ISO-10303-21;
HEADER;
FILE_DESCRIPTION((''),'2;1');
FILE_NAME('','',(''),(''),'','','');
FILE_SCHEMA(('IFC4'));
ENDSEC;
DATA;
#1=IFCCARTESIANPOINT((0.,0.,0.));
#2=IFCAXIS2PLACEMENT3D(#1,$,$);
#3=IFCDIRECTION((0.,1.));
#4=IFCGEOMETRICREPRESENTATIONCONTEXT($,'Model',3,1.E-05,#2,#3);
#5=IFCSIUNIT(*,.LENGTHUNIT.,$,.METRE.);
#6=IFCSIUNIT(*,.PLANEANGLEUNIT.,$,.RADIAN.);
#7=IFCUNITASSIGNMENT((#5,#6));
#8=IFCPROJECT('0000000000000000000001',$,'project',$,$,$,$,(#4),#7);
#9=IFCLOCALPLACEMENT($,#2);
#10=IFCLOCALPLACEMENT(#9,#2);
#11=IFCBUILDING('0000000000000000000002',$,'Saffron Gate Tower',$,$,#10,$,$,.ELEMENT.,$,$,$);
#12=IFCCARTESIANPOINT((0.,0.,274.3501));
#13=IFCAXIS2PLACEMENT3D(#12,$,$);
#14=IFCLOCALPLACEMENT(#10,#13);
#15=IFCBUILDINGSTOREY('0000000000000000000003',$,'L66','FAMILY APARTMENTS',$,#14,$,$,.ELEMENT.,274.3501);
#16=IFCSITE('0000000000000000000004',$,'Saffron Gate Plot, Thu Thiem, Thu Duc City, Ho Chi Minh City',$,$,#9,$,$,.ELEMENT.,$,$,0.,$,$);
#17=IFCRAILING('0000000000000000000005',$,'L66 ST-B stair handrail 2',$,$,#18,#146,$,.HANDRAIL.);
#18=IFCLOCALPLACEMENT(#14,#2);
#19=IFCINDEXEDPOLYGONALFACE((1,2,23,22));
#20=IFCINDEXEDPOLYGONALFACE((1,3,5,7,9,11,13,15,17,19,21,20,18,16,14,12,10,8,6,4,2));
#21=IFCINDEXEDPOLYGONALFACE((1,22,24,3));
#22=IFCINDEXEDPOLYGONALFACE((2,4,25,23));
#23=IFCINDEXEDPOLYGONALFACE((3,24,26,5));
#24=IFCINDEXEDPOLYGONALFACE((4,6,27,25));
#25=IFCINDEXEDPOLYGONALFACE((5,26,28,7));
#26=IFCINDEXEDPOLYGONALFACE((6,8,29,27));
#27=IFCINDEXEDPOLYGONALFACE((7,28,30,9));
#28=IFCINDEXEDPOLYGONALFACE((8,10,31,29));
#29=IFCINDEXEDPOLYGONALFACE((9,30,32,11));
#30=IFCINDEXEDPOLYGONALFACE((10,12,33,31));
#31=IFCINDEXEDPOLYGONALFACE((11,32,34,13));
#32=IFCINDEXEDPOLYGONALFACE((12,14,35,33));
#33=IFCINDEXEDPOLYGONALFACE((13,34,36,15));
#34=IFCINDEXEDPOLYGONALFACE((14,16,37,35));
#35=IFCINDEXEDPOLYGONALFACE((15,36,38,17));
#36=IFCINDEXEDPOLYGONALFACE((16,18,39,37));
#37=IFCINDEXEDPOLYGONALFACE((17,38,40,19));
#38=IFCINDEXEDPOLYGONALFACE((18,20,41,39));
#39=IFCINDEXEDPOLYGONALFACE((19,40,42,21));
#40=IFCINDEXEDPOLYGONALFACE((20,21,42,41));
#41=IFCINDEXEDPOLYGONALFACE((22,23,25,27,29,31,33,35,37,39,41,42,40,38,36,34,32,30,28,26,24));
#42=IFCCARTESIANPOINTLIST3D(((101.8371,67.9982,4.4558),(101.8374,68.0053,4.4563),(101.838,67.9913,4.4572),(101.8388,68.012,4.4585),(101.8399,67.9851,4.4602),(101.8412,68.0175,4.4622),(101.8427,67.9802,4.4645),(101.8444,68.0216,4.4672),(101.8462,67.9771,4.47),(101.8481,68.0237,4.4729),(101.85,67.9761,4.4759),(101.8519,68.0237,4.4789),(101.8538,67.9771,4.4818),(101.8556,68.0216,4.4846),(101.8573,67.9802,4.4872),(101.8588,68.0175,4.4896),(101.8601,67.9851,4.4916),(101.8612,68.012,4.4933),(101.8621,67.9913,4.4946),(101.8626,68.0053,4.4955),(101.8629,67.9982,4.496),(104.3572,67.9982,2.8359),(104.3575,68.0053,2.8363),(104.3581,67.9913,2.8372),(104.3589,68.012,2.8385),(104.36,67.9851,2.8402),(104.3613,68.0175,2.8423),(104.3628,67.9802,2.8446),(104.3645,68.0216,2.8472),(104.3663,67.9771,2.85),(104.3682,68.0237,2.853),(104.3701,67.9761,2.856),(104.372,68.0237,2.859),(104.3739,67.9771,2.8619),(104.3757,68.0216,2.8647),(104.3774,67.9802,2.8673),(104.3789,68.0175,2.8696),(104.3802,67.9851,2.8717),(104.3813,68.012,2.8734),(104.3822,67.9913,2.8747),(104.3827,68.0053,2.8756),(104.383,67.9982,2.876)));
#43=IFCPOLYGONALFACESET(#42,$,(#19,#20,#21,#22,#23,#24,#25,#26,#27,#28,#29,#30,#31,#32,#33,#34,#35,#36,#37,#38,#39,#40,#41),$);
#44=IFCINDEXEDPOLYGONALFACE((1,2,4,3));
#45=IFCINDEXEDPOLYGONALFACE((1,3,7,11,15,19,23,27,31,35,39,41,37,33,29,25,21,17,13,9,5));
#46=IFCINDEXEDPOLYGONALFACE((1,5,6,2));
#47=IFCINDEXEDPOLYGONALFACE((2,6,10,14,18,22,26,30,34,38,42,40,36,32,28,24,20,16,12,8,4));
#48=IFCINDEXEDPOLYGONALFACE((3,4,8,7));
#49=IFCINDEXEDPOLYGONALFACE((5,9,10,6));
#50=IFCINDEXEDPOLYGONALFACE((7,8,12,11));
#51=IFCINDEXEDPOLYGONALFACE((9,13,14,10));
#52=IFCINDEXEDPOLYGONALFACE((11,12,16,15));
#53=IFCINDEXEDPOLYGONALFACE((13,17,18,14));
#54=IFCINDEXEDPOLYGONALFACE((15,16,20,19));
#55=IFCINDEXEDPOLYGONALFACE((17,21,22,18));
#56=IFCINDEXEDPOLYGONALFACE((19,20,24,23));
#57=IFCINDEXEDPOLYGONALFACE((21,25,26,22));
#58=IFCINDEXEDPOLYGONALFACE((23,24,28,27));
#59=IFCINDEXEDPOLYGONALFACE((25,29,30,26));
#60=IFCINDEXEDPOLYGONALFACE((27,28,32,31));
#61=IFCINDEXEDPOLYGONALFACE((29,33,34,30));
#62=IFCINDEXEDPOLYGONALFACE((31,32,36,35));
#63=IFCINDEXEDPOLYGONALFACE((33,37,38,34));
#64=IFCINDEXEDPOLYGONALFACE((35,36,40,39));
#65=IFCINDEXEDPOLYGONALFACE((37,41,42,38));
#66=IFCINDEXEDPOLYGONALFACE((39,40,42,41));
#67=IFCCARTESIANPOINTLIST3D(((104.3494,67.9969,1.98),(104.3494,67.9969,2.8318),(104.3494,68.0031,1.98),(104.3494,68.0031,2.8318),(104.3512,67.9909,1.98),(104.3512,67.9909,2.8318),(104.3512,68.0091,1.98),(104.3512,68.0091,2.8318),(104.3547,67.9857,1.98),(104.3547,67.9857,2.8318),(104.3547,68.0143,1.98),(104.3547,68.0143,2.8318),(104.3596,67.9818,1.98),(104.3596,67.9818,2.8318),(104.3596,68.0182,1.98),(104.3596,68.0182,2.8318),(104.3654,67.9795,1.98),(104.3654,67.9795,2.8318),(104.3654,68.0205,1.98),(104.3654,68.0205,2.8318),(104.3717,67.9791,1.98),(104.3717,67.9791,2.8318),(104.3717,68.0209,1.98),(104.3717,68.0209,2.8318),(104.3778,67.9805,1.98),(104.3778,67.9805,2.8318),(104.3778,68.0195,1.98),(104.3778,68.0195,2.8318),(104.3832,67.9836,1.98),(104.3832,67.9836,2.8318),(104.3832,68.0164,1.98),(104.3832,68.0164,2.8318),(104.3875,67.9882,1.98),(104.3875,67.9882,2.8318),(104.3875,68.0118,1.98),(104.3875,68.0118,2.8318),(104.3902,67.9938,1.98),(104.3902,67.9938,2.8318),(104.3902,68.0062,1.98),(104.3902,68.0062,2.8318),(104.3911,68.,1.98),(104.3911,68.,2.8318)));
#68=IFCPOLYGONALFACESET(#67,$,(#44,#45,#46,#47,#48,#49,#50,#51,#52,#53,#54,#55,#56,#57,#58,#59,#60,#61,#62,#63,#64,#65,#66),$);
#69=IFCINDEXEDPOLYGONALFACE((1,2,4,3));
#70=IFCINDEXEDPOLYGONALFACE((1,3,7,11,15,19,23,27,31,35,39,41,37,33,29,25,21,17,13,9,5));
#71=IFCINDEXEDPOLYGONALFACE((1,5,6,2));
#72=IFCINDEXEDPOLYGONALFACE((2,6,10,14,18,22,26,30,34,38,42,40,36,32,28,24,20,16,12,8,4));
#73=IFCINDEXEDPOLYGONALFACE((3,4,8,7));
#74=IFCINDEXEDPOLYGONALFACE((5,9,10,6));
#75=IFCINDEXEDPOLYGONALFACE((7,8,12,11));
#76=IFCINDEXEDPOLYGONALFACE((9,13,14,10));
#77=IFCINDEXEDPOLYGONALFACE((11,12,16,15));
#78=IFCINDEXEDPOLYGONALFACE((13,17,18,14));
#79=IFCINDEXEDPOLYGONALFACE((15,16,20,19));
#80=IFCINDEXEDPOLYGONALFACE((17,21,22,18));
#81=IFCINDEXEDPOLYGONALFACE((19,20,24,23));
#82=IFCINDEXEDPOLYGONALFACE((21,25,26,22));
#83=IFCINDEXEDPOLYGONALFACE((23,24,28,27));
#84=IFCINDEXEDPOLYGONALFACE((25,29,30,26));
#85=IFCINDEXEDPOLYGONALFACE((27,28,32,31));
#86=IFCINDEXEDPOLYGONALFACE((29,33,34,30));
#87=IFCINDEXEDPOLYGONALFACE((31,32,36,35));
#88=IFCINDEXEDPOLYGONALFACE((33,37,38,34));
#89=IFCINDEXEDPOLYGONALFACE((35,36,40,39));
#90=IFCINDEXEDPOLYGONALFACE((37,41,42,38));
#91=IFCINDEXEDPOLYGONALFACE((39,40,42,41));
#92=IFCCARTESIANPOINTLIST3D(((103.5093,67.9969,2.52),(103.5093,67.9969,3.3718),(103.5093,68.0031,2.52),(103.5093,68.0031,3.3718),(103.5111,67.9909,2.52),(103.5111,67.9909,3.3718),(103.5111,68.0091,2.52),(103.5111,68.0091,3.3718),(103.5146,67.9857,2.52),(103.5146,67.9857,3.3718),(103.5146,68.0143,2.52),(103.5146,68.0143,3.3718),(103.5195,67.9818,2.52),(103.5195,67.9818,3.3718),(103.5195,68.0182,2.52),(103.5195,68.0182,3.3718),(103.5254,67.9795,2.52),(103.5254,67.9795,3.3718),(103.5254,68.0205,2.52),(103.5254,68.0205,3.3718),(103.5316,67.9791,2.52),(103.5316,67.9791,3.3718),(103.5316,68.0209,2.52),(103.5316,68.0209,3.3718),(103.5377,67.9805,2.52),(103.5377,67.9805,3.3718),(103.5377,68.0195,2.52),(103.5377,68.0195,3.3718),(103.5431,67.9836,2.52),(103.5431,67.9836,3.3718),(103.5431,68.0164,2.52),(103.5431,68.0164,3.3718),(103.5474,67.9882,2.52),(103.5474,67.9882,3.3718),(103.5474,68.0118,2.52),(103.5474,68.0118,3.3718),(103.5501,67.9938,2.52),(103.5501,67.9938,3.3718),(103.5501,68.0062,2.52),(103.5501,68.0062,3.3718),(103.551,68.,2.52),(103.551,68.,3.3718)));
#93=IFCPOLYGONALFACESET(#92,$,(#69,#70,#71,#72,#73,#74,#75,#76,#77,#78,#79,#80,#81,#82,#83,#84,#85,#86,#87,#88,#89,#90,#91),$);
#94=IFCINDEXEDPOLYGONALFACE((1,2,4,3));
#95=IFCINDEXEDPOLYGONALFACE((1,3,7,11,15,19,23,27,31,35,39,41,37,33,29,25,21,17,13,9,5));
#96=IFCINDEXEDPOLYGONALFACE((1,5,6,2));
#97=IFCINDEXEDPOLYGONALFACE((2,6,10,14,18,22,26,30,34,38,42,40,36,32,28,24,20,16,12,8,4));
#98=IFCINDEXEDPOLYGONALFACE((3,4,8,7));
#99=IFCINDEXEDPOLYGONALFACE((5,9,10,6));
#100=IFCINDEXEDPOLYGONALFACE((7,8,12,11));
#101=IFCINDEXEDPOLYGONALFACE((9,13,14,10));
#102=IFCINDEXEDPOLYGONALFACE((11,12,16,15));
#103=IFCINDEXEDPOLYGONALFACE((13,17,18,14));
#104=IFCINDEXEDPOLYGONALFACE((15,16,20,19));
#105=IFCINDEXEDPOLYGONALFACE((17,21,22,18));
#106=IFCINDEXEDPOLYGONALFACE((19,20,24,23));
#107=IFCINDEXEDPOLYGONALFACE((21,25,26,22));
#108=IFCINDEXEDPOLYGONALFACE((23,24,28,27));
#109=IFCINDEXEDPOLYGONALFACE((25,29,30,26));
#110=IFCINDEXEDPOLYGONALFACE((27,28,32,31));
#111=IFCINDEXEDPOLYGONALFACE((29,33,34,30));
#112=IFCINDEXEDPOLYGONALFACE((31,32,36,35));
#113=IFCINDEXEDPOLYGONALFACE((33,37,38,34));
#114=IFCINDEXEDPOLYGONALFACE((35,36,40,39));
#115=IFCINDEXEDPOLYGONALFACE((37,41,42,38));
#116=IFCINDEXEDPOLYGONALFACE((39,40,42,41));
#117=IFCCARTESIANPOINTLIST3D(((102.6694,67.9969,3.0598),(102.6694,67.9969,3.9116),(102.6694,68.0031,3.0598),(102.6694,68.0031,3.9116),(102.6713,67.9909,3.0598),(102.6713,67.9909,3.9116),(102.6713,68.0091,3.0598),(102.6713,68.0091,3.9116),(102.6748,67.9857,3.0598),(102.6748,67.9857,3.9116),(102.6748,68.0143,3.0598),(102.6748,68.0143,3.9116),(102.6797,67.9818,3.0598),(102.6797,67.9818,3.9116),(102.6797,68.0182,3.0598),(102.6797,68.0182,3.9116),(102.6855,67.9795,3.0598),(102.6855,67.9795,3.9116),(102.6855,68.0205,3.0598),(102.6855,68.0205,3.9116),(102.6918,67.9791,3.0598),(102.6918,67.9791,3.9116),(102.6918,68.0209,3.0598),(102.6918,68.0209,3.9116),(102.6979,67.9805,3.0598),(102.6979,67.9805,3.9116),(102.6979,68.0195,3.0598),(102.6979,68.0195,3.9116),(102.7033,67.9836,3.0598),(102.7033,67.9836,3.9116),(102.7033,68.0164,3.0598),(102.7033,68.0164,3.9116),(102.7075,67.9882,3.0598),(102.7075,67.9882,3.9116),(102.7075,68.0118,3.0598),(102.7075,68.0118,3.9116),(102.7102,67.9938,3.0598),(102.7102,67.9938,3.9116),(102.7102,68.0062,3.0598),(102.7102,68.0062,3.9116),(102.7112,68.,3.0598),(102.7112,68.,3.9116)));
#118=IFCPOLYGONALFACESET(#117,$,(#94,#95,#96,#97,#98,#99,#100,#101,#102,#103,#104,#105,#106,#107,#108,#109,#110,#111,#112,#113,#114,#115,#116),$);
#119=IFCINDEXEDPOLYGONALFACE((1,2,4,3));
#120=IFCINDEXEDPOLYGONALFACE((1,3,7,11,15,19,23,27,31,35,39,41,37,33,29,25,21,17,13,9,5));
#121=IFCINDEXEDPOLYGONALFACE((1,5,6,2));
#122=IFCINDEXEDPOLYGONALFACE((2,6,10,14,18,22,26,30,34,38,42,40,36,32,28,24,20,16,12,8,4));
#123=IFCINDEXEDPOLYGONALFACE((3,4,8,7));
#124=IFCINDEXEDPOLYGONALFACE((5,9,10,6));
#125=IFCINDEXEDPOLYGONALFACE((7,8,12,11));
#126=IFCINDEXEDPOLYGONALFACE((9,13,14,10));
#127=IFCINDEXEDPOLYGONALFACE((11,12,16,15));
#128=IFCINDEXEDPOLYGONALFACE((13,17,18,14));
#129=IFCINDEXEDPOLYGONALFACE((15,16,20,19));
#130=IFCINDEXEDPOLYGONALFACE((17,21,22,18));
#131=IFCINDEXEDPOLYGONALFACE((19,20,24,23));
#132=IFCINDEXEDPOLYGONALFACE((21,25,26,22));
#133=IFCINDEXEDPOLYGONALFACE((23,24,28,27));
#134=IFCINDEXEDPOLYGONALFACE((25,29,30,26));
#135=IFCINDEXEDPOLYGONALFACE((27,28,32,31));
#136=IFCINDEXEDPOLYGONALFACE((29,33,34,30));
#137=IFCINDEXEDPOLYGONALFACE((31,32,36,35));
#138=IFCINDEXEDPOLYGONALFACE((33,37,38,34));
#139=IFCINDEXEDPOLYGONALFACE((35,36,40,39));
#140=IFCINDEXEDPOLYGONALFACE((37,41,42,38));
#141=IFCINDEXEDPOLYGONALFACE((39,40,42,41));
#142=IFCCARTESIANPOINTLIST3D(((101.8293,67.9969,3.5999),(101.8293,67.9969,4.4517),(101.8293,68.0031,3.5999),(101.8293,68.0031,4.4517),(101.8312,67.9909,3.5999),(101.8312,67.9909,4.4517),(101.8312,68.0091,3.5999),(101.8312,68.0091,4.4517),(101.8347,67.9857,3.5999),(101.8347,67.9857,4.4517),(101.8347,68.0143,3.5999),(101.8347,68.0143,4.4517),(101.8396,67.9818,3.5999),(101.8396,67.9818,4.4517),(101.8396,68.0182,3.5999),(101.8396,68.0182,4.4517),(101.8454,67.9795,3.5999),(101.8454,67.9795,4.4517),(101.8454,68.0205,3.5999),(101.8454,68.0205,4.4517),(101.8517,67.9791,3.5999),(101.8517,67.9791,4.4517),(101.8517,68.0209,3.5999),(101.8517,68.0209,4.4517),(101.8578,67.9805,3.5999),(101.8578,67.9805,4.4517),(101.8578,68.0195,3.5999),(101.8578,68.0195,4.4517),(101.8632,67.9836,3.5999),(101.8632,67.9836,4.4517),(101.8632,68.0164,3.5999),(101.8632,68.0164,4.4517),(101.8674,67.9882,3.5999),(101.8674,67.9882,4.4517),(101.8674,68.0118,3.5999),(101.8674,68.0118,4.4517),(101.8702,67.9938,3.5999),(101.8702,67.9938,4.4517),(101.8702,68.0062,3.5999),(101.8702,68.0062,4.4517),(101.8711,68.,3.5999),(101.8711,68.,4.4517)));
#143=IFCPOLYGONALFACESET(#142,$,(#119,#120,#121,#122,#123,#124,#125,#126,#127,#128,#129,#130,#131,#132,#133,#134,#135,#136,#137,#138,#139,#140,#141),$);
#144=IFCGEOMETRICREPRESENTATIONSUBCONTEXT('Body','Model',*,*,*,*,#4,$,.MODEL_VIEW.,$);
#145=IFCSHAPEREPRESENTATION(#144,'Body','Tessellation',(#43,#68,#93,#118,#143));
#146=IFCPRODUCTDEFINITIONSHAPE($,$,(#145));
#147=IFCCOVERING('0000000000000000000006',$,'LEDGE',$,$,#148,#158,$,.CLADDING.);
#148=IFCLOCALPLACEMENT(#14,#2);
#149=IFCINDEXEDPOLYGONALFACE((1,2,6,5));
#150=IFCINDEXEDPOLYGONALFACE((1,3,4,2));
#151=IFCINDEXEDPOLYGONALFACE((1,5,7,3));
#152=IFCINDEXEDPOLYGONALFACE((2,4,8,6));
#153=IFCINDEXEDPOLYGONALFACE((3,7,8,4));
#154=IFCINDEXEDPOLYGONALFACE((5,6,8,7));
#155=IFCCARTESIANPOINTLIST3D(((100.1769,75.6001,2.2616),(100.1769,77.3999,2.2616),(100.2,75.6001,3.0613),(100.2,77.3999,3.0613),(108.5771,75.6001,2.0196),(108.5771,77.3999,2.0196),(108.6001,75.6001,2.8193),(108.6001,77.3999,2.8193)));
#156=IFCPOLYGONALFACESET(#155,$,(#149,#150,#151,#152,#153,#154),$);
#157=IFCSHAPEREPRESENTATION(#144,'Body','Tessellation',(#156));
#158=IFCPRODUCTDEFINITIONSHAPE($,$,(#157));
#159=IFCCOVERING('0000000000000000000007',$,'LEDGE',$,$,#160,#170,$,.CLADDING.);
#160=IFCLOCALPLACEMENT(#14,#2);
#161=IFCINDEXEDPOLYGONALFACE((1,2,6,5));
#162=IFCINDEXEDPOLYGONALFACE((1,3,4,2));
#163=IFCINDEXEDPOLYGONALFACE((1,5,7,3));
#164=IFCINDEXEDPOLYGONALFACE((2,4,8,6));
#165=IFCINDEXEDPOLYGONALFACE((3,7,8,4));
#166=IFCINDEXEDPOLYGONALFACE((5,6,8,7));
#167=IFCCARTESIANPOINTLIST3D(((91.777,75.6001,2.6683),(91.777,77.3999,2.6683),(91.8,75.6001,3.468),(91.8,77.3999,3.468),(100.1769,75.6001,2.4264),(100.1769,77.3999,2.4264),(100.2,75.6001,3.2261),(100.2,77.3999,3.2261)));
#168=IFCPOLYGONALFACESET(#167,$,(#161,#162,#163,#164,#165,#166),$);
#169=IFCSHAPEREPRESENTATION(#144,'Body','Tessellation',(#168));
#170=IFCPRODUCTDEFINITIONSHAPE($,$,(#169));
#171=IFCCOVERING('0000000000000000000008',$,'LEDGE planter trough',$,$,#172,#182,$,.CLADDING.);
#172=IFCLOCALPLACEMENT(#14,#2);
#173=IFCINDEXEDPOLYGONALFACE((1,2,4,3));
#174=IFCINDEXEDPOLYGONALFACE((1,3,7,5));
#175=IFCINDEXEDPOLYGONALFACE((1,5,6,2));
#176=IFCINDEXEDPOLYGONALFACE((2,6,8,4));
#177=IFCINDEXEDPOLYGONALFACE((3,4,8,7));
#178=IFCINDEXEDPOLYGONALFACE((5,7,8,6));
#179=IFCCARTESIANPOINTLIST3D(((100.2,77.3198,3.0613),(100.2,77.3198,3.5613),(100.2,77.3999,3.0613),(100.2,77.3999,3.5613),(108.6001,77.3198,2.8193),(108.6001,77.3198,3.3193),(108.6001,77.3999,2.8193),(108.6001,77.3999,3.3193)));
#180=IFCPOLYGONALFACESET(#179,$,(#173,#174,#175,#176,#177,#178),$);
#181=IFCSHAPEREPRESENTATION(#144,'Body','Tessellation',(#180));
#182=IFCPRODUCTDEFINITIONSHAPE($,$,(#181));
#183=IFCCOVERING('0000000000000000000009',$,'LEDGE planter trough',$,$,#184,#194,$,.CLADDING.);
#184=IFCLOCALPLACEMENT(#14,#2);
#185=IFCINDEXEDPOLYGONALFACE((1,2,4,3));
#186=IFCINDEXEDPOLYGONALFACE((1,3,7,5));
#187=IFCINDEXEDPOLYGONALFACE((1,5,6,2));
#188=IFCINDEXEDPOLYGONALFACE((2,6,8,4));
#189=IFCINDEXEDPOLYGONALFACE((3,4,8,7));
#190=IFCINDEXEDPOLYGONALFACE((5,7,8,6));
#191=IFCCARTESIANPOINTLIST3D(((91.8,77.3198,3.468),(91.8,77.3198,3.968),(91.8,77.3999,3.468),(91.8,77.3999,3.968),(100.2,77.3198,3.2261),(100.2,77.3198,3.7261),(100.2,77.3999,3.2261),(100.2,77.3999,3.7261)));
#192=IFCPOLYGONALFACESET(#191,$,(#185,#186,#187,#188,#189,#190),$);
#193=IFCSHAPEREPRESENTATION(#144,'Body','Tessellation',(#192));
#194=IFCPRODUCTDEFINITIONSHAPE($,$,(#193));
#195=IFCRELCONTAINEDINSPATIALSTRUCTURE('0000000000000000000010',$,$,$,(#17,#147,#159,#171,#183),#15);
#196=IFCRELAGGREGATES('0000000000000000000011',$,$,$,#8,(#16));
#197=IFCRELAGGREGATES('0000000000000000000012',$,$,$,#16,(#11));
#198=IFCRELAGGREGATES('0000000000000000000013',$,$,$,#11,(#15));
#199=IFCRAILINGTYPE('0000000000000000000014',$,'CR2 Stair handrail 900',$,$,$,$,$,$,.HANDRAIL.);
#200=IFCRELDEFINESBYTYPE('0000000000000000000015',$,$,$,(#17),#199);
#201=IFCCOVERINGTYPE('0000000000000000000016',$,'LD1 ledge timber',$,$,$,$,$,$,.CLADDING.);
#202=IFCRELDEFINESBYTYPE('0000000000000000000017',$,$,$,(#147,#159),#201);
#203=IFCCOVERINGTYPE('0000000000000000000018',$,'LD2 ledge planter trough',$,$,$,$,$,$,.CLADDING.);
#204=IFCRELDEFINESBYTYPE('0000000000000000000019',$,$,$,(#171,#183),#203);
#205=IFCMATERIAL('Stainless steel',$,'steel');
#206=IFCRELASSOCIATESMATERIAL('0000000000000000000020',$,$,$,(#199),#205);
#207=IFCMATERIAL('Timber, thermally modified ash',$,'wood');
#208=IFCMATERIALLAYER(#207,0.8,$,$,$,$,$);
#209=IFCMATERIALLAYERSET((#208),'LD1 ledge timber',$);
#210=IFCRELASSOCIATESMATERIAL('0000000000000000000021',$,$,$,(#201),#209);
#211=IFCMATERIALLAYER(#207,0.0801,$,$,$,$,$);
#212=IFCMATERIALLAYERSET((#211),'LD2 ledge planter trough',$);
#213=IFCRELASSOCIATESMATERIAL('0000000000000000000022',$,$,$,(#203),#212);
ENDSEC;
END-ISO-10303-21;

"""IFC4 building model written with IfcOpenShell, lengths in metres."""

from ifc_helpers import new_model, si_unit, direction, frame, origin, origin_2d, place, context, subcontext, project, spatial, polyline, circle, outline, extrude, material, layer, layer_set, type_object, element, save


model = new_model("IFC4")

# Units and contexts
model_context = context("Model", 3, precision=1e-05, world=origin(), true_north=direction((0.0, 1.0)))
body_context = subcontext(model_context, "Body", "Model", "MODEL_VIEW")
ifc_project = project(units=[si_unit("LENGTHUNIT", "METRE"), si_unit("PLANEANGLEUNIT", "RADIAN")], contexts=[model_context])

# Site, building, storey
site_placement = place(None, origin())
site = spatial("IfcSite", under=ifc_project, at=site_placement, Name="Saffron Gate Plot, Thu Thiem, Thu Duc City, Ho Chi Minh City", CompositionType="ELEMENT", RefElevation=0.0)
building_placement = place(site_placement, origin())
building = spatial("IfcBuilding", under=site, at=building_placement, Name="Saffron Gate Tower", CompositionType="ELEMENT")
storey_placement = place(building_placement, frame((0.0, 0.0, 274.3501)))
storey = spatial("IfcBuildingStorey", under=building, at=storey_placement, Name="L66", Description="FAMILY APARTMENTS", CompositionType="ELEMENT", Elevation=274.3501)

# Railing
ifc_material_1 = material(Name="Stainless steel", Category="steel")
railing_type_1 = type_object("IfcRailingType", Name="CR2 Stair handrail 900", PredefinedType="HANDRAIL", material=ifc_material_1)
railing_1_placement = place(storey_placement, frame((104.3701, 68.0, 1.98)))
element("IfcRailing", 1, at=railing_1_placement, inside=storey, type_object=railing_type_1, Name="L66 ST-B stair handrail 2", PredefinedType="HANDRAIL", context=body_context, shape_type="SweptSolid", body=[
    extrude(circle(Radius=0.0239, at=origin_2d()), frame((0.0, 0.0, 0.876), z_axis=(-0.8412, 0.0, 0.540725), x_axis=(0.0, -1.0, 0.0)), (0.0, 0.0, 1.0), 2.9958),
    extrude(circle(Radius=0.021, at=origin_2d()), origin(), (0.0, 0.0, 1.0), 0.8518),
    extrude(circle(Radius=0.021, at=origin_2d()), frame((-0.8401, 0.0, 0.54)), (0.0, 0.0, 1.0), 0.8518),
    extrude(circle(Radius=0.021, at=origin_2d()), frame((-1.6799, 0.0, 1.0798)), (0.0, 0.0, 1.0), 0.8518),
    extrude(circle(Radius=0.021, at=origin_2d()), frame((-2.52, 0.0, 1.6199)), (0.0, 0.0, 1.0), 0.8518),
])

# Coverings
ifc_material_2 = material(Name="Timber, thermally modified ash", Category="wood")
ifc_layer_1 = layer(ifc_material_2, 0.8)
ifc_layer_set_1 = layer_set([ifc_layer_1], Name="LD1 ledge timber")
covering_type_1 = type_object("IfcCoveringType", Name="LD1 ledge timber", PredefinedType="CLADDING", material=ifc_layer_set_1)
covering_1_placement = place(storey_placement, frame((108.6001, 75.6001, 2.8193), z_axis=(0.02879, 0.0, 0.999585), x_axis=(-0.999585, 0.0, 0.02879)))
element("IfcCovering", 2, at=covering_1_placement, inside=storey, type_object=covering_type_1, Name="LEDGE", PredefinedType="CLADDING", context=body_context, shape_type="SweptSolid", body=[
    extrude(outline(polyline([(0.0, 0.0), (8.4036, 0.0), (8.4036, -1.7998), (0.0, -1.7998), (0.0, 0.0)])), origin(), (0.0, 0.0, -1.0), 0.8),
])
covering_2_placement = place(storey_placement, frame((100.2, 75.6001, 3.2261), z_axis=(0.028791, 0.0, 0.999585), x_axis=(-0.999585, 0.0, 0.028791)))
element("IfcCovering", 3, at=covering_2_placement, inside=storey, type_object=covering_type_1, Name="LEDGE", PredefinedType="CLADDING", context=body_context, shape_type="SweptSolid", body=[
    extrude(outline(polyline([(0.0, 0.0), (8.4034, 0.0), (8.4034, -1.7998), (0.0, -1.7998), (0.0, 0.0)])), origin(), (0.0, 0.0, -1.0), 0.8),
])
ifc_layer_2 = layer(ifc_material_2, 0.0801)
ifc_layer_set_2 = layer_set([ifc_layer_2], Name="LD2 ledge planter trough")
covering_type_2 = type_object("IfcCoveringType", Name="LD2 ledge planter trough", PredefinedType="CLADDING", material=ifc_layer_set_2)
covering_3_placement = place(storey_placement, frame((108.6001, 77.3999, 2.8193), z_axis=(0.0, 1.0, 0.0), x_axis=(-0.999585, 0.0, 0.02879)))
element("IfcCovering", 4, at=covering_3_placement, inside=storey, type_object=covering_type_2, Name="LEDGE planter trough", PredefinedType="CLADDING", context=body_context, shape_type="SweptSolid", body=[
    extrude(outline(polyline([(0.0, 0.0), (8.4036, 0.0), (8.418, 0.4998), (0.0144, 0.4998), (0.0, 0.0)])), origin(), (0.0, 0.0, -1.0), 0.0801),
])
covering_4_placement = place(storey_placement, frame((100.2, 77.3999, 3.2261), z_axis=(0.0, 1.0, 0.0), x_axis=(-0.999585, 0.0, 0.028791)))
element("IfcCovering", 5, at=covering_4_placement, inside=storey, type_object=covering_type_2, Name="LEDGE planter trough", PredefinedType="CLADDING", context=body_context, shape_type="SweptSolid", body=[
    extrude(outline(polyline([(0.0, 0.0), (8.4034, 0.0), (8.4178, 0.4998), (0.0144, 0.4998), (0.0, 0.0)])), origin(), (0.0, 0.0, -1.0), 0.0801),
])

save(model, "model.ifc")
